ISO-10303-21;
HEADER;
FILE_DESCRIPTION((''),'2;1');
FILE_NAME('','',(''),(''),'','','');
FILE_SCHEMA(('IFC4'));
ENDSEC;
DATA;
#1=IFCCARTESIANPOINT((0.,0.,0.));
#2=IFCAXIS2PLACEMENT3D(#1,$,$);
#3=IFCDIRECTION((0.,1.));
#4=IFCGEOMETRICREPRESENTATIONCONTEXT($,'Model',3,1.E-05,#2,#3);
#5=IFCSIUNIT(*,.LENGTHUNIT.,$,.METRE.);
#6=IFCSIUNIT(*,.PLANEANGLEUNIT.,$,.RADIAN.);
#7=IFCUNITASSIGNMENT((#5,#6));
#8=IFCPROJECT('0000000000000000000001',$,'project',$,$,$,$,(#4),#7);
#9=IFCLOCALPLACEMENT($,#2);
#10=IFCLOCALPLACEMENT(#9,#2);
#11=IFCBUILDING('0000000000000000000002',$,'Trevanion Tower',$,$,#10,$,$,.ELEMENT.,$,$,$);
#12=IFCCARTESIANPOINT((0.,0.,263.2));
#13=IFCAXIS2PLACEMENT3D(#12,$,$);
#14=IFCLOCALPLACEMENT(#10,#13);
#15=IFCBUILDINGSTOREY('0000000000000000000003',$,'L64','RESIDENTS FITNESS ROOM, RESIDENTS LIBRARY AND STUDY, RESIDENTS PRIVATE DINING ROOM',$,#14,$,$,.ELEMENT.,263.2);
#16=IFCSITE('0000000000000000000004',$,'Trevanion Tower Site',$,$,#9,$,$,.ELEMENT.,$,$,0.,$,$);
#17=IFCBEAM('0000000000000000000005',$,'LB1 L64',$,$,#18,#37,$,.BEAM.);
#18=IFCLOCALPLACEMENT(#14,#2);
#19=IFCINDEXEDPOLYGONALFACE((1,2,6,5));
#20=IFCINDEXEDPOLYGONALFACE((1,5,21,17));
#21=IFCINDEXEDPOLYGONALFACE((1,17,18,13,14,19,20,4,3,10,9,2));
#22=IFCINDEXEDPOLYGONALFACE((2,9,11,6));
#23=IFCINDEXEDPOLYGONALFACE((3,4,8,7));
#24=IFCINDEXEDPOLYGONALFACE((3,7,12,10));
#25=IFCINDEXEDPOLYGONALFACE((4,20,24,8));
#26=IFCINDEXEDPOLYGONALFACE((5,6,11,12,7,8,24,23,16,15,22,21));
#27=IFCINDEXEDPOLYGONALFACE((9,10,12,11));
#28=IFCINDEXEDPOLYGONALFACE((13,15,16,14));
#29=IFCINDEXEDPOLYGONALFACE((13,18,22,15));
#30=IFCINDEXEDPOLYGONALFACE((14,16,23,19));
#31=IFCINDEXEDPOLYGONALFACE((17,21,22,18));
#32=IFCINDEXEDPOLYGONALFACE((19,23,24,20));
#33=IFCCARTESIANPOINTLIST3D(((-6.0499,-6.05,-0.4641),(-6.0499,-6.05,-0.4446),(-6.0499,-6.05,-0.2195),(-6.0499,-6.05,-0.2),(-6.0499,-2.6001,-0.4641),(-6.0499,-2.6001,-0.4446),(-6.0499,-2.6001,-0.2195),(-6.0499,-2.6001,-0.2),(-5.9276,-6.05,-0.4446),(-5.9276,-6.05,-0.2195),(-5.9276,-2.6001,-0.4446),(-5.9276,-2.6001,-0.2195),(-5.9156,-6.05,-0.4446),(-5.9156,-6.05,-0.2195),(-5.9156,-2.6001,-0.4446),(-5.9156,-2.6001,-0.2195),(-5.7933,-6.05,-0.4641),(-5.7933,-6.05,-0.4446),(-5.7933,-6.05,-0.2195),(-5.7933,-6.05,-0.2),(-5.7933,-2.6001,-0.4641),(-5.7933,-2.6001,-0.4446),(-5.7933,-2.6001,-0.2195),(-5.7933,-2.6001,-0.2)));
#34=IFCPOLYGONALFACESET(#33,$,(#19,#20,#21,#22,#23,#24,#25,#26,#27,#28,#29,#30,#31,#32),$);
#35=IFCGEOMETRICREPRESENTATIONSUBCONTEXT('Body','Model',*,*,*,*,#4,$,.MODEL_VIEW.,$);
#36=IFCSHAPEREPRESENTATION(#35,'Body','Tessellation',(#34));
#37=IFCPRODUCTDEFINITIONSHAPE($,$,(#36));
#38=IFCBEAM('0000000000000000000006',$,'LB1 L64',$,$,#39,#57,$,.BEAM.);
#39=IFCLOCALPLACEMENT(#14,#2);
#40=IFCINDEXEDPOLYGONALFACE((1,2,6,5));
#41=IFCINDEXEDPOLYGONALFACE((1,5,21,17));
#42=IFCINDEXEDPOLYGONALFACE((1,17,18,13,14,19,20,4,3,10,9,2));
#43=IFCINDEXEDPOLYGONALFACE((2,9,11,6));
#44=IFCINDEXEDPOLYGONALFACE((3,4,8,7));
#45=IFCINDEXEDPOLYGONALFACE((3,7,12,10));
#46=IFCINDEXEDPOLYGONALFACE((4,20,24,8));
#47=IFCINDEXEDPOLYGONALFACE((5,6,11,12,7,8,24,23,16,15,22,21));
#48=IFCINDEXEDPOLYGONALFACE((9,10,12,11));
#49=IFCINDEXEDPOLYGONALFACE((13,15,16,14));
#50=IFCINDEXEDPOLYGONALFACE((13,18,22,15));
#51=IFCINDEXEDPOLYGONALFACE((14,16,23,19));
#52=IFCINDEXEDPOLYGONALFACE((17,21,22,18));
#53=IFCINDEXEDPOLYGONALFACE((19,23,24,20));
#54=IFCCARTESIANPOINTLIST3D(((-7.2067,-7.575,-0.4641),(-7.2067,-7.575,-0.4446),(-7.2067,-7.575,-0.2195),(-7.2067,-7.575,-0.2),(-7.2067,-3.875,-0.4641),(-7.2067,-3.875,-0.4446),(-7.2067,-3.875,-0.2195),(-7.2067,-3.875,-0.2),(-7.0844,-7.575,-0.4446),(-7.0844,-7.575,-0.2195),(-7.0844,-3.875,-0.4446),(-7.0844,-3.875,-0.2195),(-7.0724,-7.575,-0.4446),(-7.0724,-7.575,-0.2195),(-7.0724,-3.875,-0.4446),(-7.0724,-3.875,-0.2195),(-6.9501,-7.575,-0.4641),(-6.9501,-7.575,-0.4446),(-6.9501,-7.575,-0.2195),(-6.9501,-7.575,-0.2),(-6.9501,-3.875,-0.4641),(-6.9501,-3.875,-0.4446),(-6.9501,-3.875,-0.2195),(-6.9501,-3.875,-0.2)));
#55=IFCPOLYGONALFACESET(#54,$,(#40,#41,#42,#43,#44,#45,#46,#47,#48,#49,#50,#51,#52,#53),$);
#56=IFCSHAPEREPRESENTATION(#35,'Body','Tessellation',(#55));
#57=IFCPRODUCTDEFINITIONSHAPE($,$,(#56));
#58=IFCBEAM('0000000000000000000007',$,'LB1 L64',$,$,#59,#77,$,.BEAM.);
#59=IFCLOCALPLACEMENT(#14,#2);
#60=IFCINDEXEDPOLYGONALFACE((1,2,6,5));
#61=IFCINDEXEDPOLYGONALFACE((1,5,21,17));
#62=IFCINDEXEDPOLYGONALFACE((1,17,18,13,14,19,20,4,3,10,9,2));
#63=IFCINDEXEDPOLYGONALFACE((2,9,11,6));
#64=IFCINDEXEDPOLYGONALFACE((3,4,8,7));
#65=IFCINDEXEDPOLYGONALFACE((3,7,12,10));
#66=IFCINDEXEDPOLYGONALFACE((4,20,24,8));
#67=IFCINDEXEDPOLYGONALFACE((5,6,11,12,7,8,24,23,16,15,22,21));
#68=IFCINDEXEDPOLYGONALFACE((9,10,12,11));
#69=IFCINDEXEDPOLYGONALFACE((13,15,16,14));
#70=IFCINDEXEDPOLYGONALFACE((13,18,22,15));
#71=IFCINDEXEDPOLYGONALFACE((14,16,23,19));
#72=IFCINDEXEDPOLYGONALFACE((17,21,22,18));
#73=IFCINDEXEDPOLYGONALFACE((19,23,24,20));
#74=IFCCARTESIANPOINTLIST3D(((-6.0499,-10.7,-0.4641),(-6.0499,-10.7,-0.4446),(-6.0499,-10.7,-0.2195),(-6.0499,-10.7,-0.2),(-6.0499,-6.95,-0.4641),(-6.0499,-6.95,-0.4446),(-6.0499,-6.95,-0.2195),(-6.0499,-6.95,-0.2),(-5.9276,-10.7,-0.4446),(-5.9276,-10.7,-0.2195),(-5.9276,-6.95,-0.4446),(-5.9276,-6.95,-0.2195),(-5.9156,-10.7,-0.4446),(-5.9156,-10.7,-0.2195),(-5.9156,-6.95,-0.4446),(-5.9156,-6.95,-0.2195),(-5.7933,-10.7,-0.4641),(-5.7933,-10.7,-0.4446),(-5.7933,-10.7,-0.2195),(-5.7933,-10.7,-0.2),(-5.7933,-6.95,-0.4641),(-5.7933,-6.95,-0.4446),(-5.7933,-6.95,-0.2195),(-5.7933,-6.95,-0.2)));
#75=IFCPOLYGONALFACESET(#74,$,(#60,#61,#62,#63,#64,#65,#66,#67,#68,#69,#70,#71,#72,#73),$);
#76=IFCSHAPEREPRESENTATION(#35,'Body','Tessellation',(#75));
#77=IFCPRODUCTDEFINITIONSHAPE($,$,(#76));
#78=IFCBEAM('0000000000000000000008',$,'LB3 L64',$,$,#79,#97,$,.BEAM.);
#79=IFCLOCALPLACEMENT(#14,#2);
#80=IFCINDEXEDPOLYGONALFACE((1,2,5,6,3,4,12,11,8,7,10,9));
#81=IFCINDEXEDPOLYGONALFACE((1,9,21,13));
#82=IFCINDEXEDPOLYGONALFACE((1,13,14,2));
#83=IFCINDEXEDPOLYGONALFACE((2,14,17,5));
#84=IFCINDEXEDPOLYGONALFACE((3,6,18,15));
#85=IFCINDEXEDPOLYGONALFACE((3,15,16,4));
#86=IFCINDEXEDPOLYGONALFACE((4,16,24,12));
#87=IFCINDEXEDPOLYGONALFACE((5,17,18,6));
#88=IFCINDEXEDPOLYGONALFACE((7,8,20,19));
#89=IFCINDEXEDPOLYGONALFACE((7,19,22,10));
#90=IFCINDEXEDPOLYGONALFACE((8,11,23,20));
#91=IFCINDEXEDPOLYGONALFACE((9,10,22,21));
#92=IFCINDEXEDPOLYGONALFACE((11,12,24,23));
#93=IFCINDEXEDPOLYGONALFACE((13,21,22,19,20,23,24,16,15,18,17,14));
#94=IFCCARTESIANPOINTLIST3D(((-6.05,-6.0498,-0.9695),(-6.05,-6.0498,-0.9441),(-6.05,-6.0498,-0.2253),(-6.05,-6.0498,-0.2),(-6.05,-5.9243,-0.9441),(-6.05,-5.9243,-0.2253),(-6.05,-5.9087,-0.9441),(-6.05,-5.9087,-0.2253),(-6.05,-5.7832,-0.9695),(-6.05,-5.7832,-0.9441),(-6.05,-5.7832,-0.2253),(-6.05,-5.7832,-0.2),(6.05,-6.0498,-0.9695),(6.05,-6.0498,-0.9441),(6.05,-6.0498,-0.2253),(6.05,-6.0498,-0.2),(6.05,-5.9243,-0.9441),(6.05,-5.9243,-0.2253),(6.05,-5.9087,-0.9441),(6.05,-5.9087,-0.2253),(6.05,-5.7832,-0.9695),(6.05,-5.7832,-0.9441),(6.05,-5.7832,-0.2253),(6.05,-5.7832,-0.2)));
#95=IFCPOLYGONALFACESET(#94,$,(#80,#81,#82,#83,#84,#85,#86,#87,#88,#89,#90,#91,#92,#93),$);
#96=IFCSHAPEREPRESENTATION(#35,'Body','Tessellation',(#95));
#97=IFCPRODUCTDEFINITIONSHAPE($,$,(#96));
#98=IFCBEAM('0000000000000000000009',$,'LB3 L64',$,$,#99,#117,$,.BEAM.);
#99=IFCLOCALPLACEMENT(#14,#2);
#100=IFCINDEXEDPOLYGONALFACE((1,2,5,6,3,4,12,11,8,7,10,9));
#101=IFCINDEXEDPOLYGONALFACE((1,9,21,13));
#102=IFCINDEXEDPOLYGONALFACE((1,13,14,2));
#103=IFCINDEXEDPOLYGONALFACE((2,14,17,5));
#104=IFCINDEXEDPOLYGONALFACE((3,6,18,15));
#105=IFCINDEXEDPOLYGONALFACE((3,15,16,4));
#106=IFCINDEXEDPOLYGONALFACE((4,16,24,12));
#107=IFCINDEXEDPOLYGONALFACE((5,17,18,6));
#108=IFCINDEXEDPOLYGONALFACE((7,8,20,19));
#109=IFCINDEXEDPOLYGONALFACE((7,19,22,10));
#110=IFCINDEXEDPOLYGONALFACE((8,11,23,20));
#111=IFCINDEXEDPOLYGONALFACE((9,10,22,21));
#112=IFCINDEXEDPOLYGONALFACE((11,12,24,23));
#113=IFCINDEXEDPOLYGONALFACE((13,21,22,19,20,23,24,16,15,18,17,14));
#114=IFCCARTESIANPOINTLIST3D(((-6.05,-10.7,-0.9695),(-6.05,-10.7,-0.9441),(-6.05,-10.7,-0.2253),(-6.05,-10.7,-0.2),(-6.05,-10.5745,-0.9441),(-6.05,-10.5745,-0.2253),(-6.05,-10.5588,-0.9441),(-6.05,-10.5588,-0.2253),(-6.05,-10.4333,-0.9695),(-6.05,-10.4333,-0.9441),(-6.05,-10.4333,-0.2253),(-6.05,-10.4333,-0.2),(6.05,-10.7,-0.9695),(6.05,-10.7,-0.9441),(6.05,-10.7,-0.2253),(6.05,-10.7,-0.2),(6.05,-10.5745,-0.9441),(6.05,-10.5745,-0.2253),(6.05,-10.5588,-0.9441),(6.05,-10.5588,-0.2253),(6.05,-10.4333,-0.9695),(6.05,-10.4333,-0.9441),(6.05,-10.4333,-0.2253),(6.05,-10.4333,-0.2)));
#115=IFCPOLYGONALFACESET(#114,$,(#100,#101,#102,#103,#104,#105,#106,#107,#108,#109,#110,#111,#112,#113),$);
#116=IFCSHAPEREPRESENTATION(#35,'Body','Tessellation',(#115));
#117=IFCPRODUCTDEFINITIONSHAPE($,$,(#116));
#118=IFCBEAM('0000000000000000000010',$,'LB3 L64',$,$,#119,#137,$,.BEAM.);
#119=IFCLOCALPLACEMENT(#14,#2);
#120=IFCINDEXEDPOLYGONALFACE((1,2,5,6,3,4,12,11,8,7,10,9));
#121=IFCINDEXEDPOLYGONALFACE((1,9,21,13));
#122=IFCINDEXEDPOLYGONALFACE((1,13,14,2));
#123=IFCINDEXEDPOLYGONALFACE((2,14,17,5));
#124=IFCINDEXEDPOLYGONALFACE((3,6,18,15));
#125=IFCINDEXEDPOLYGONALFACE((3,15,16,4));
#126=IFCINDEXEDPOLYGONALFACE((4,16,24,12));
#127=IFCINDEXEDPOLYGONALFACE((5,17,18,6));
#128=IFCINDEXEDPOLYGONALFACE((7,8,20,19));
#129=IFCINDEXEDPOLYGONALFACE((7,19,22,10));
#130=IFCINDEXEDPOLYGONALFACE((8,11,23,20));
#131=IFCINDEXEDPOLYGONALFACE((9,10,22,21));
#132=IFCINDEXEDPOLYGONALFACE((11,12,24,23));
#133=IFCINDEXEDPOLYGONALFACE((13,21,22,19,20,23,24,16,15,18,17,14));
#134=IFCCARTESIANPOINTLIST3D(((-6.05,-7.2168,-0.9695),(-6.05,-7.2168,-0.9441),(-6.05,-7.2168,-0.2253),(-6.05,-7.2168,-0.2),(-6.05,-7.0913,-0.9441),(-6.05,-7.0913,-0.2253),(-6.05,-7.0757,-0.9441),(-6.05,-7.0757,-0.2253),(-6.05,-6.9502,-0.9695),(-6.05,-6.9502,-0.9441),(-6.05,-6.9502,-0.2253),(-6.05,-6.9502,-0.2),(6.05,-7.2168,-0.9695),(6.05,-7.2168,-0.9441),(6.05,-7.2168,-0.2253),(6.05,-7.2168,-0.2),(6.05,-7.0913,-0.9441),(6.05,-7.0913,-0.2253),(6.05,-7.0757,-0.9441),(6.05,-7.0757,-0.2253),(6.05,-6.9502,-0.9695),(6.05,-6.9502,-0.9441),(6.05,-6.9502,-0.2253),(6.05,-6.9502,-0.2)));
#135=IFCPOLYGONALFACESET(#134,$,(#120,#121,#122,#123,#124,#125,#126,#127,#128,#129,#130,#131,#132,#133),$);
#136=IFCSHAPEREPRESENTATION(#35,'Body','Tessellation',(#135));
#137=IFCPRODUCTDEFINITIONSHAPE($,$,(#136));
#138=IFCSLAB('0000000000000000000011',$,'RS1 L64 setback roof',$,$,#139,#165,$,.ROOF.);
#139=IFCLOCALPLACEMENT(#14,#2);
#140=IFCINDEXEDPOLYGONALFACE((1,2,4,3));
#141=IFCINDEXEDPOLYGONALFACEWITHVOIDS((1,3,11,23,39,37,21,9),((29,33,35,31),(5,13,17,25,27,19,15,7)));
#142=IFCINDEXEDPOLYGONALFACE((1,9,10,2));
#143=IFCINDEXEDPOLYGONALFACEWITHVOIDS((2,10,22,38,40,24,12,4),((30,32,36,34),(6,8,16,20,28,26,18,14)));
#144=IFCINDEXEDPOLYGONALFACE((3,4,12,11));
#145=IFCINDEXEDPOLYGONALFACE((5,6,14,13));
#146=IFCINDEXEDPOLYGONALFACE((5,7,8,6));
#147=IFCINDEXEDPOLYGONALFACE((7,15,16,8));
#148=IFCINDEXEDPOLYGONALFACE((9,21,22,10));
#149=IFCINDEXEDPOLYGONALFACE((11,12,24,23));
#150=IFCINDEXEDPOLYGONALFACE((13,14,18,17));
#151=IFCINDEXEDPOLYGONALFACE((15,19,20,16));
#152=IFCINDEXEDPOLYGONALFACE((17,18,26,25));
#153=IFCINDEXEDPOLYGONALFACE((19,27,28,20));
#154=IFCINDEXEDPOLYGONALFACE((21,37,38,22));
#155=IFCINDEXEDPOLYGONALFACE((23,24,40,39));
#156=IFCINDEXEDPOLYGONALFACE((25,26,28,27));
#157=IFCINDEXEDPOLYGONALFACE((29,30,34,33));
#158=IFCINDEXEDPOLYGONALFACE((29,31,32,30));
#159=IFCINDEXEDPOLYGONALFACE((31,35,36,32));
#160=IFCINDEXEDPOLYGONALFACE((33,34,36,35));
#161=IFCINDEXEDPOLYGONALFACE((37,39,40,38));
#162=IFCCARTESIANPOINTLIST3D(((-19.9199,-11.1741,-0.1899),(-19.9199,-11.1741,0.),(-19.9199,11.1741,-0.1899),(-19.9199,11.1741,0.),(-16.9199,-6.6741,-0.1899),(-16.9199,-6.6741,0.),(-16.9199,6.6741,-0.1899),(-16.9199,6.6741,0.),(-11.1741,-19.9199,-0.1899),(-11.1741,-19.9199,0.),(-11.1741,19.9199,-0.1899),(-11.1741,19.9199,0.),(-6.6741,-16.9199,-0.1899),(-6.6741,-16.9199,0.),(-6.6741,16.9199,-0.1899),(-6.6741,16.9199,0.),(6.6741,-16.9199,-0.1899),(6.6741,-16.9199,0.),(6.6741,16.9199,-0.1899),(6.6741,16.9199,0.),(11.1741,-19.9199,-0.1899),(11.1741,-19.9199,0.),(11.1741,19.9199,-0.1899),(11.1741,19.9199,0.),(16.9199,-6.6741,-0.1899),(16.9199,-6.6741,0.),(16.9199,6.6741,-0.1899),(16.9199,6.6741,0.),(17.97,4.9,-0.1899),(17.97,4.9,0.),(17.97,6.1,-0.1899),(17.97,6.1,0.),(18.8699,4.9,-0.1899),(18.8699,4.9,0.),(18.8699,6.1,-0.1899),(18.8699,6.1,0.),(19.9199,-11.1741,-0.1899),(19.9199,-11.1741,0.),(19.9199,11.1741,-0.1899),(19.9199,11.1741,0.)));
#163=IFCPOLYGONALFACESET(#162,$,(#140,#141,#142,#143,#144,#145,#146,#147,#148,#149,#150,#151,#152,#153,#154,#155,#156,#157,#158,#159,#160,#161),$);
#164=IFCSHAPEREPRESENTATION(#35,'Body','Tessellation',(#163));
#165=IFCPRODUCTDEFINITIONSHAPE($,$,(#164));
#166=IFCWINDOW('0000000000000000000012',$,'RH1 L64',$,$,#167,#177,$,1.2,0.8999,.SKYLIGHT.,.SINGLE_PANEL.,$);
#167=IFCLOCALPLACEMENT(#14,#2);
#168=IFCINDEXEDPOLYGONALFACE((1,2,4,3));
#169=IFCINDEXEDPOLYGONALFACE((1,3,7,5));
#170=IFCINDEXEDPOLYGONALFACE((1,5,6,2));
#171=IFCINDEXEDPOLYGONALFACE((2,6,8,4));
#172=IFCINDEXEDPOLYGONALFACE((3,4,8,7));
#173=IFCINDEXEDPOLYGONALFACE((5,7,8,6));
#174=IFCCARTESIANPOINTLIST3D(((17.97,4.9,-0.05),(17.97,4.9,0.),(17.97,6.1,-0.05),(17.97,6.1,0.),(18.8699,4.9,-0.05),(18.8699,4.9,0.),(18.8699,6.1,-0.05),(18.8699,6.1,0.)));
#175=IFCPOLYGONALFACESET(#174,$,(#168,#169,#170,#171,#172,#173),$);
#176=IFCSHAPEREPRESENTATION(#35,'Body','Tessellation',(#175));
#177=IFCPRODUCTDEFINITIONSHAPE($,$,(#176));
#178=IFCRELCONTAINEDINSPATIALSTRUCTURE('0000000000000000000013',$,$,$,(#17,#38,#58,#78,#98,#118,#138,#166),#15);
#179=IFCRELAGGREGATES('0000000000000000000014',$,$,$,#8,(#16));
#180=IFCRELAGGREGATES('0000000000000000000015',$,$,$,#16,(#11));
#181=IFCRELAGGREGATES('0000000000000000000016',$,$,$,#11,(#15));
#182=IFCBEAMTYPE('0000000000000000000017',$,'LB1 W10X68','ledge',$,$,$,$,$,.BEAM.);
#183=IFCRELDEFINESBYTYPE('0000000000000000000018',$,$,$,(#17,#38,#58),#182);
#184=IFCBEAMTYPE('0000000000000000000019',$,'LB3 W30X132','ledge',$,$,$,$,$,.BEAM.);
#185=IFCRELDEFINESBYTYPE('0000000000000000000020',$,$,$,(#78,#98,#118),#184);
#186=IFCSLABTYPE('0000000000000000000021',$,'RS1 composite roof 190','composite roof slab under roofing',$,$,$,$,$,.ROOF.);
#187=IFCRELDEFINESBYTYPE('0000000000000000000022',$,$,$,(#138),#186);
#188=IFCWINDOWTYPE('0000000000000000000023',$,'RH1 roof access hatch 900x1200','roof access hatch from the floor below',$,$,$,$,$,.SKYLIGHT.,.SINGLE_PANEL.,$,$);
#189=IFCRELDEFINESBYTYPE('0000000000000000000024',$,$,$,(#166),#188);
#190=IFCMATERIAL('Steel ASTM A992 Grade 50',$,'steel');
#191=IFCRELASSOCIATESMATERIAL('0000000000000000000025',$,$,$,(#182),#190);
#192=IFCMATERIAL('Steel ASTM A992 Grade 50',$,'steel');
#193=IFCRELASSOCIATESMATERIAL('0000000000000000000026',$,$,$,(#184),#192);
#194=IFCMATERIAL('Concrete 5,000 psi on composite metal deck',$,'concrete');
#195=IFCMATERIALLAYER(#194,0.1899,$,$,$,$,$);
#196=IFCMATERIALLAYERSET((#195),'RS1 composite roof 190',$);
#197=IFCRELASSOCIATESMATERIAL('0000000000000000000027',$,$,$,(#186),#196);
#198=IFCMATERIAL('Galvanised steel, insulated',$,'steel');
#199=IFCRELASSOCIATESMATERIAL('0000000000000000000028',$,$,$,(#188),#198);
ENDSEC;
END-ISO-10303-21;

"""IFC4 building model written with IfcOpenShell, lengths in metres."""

from ifc_helpers import new_model, si_unit, direction, frame, origin, origin_2d, place, context, subcontext, project, spatial, polyline, rectangle, i_section, outline, extrude, material, layer, layer_set, material_profile, profile_set, type_object, element, fill, save


model = new_model("IFC4")

# Units and contexts
model_context = context("Model", 3, precision=1e-05, world=origin(), true_north=direction((0.0, 1.0)))
body_context = subcontext(model_context, "Body", "Model", "MODEL_VIEW")
ifc_project = project(units=[si_unit("LENGTHUNIT", "METRE"), si_unit("PLANEANGLEUNIT", "RADIAN")], contexts=[model_context])

# Site, building, storey
site_placement = place(None, origin())
site = spatial("IfcSite", under=ifc_project, at=site_placement, Name="Trevanion Tower Site", CompositionType="ELEMENT", RefElevation=0.0)
building_placement = place(site_placement, origin())
building = spatial("IfcBuilding", under=site, at=building_placement, Name="Trevanion Tower", CompositionType="ELEMENT")
storey_placement = place(building_placement, frame((0.0, 0.0, 263.2)))
storey = spatial("IfcBuildingStorey", under=building, at=storey_placement, Name="L64", Description="RESIDENTS FITNESS ROOM, RESIDENTS LIBRARY AND STUDY, RESIDENTS PRIVATE DINING ROOM", CompositionType="ELEMENT", Elevation=263.2)

# Beams
ifc_material_1 = material(Name="Steel ASTM A992 Grade 50", Category="steel")
ifc_material_profile_1 = material_profile(ifc_material_1, i_section(OverallWidth=0.2566, OverallDepth=0.2642, WebThickness=0.012, FlangeThickness=0.0195, at=origin_2d()), Name="W10X68")
ifc_profile_set_1 = profile_set([ifc_material_profile_1], Name="Steel ASTM A992 Grade 50")
beam_type_1 = type_object("IfcBeamType", Name="LB1 W10X68", Description="ledge", PredefinedType="BEAM", material=ifc_profile_set_1)
beam_1_placement = place(storey_placement, frame((-5.9216, -6.05, -0.332), z_axis=(0.0, 1.0, 0.0), x_axis=(-1.0, 0.0, 0.0)))
element("IfcBeam", 1, at=beam_1_placement, inside=storey, type_object=beam_type_1, Name="LB1 L64", PredefinedType="BEAM", context=body_context, shape_type="SweptSolid", body=[
    extrude(i_section(OverallWidth=0.2566, OverallDepth=0.2642, WebThickness=0.012, FlangeThickness=0.0195, at=origin_2d()), origin(), (0.0, 0.0, 1.0), 3.45),
])
beam_2_placement = place(storey_placement, frame((-7.0784, -7.575, -0.332), z_axis=(0.0, 1.0, 0.0), x_axis=(-1.0, 0.0, 0.0)))
element("IfcBeam", 2, at=beam_2_placement, inside=storey, type_object=beam_type_1, Name="LB1 L64", PredefinedType="BEAM", context=body_context, shape_type="SweptSolid", body=[
    extrude(i_section(OverallWidth=0.2566, OverallDepth=0.2642, WebThickness=0.012, FlangeThickness=0.0195, at=origin_2d()), origin(), (0.0, 0.0, 1.0), 3.7),
])
beam_3_placement = place(storey_placement, frame((-5.9216, -10.7, -0.332), z_axis=(0.0, 1.0, 0.0), x_axis=(-1.0, 0.0, 0.0)))
element("IfcBeam", 3, at=beam_3_placement, inside=storey, type_object=beam_type_1, Name="LB1 L64", PredefinedType="BEAM", context=body_context, shape_type="SweptSolid", body=[
    extrude(i_section(OverallWidth=0.2566, OverallDepth=0.2642, WebThickness=0.012, FlangeThickness=0.0195, at=origin_2d()), origin(), (0.0, 0.0, 1.0), 3.75),
])
ifc_material_2 = material(Name="Steel ASTM A992 Grade 50", Category="steel")
ifc_material_profile_2 = material_profile(ifc_material_2, i_section(OverallWidth=0.2666, OverallDepth=0.7695, WebThickness=0.0156, FlangeThickness=0.0254, at=origin_2d()), Name="W30X132")
ifc_profile_set_2 = profile_set([ifc_material_profile_2], Name="Steel ASTM A992 Grade 50")
beam_type_2 = type_object("IfcBeamType", Name="LB3 W30X132", Description="ledge", PredefinedType="BEAM", material=ifc_profile_set_2)
for number, where, z_axis, x_axis, name in (
    (4, (-6.05, -5.9165, -0.5847), (1.0, 0.0, 0.0), (0.0, 1.0, 0.0), "LB3 L64"),
    (5, (-6.05, -10.5667, -0.5847), (1.0, 0.0, 0.0), (0.0, 1.0, 0.0), "LB3 L64"),
    (6, (-6.05, -7.0835, -0.5847), (1.0, 0.0, 0.0), (0.0, 1.0, 0.0), "LB3 L64"),
):
    element("IfcBeam", number, at=place(storey_placement, frame(where, z_axis=z_axis, x_axis=x_axis)), inside=storey, type_object=beam_type_2, Name=name, PredefinedType="BEAM", context=body_context, shape_type="SweptSolid", body=[
        extrude(i_section(OverallWidth=0.2666, OverallDepth=0.7695, WebThickness=0.0156, FlangeThickness=0.0254, at=origin_2d()), origin(), (0.0, 0.0, 1.0), 12.1001),
    ])

# Slab, opening, window
ifc_material_3 = material(Name="Concrete 5,000 psi on composite metal deck", Category="concrete")
ifc_layer_1 = layer(ifc_material_3, 0.1899)
ifc_layer_set_1 = layer_set([ifc_layer_1], Name="RS1 composite roof 190")
slab_type_1 = type_object("IfcSlabType", Name="RS1 composite roof 190", Description="composite roof slab under roofing", PredefinedType="ROOF", material=ifc_layer_set_1)
slab_1_placement = place(storey_placement, frame((0.0, 0.0, -0.1899)))
slab_1 = element("IfcSlab", 7, at=slab_1_placement, inside=storey, type_object=slab_type_1, Name="RS1 L64 setback roof", PredefinedType="ROOF", context=body_context, shape_type="SweptSolid", body=[
    extrude(outline(polyline([(19.9199, -11.1741), (19.9199, 11.1741), (11.1741, 19.9199), (-11.1741, 19.9199), (-19.9199, 11.1741), (-19.9199, -11.1741), (-11.1741, -19.9199), (11.1741, -19.9199), (19.9199, -11.1741)]), holes=[polyline([(6.6741, -16.9199), (-6.6741, -16.9199), (-16.9199, -6.6741), (-16.9199, 6.6741), (-6.6741, 16.9199), (6.6741, 16.9199), (16.9199, 6.6741), (16.9199, -6.6741), (6.6741, -16.9199)])]), origin(), (0.0, 0.0, 1.0), 0.1899),
])
opening_1_placement = place(slab_1_placement, frame((18.4199, 5.5, 0.0)))
opening_1 = element("IfcOpeningElement", 8, at=opening_1_placement, cuts=slab_1, PredefinedType="OPENING", context=body_context, shape_type="SweptSolid", body=[
    extrude(rectangle(XDim=0.8999, YDim=1.2, at=origin_2d()), origin(), (0.0, 0.0, 1.0), 0.1899),
])
ifc_material_4 = material(Name="Galvanised steel, insulated", Category="steel")
window_type = type_object("IfcWindowType", Name="RH1 roof access hatch 900x1200", Description="roof access hatch from the floor below", PartitioningType="SINGLE_PANEL", PredefinedType="SKYLIGHT", material=ifc_material_4)
window_placement = place(opening_1_placement, frame((0.0, 0.0, 0.1399)))
window = element("IfcWindow", 9, at=window_placement, inside=storey, type_object=window_type, Name="RH1 L64", OverallHeight=1.2, OverallWidth=0.8999, PartitioningType="SINGLE_PANEL", PredefinedType="SKYLIGHT", context=body_context, shape_type="SweptSolid", body=[
    extrude(rectangle(XDim=0.8999, YDim=1.2, at=origin_2d()), origin(), (0.0, 0.0, 1.0), 0.05),
])
fill(opening_1, window)

save(model, "model.ifc")
